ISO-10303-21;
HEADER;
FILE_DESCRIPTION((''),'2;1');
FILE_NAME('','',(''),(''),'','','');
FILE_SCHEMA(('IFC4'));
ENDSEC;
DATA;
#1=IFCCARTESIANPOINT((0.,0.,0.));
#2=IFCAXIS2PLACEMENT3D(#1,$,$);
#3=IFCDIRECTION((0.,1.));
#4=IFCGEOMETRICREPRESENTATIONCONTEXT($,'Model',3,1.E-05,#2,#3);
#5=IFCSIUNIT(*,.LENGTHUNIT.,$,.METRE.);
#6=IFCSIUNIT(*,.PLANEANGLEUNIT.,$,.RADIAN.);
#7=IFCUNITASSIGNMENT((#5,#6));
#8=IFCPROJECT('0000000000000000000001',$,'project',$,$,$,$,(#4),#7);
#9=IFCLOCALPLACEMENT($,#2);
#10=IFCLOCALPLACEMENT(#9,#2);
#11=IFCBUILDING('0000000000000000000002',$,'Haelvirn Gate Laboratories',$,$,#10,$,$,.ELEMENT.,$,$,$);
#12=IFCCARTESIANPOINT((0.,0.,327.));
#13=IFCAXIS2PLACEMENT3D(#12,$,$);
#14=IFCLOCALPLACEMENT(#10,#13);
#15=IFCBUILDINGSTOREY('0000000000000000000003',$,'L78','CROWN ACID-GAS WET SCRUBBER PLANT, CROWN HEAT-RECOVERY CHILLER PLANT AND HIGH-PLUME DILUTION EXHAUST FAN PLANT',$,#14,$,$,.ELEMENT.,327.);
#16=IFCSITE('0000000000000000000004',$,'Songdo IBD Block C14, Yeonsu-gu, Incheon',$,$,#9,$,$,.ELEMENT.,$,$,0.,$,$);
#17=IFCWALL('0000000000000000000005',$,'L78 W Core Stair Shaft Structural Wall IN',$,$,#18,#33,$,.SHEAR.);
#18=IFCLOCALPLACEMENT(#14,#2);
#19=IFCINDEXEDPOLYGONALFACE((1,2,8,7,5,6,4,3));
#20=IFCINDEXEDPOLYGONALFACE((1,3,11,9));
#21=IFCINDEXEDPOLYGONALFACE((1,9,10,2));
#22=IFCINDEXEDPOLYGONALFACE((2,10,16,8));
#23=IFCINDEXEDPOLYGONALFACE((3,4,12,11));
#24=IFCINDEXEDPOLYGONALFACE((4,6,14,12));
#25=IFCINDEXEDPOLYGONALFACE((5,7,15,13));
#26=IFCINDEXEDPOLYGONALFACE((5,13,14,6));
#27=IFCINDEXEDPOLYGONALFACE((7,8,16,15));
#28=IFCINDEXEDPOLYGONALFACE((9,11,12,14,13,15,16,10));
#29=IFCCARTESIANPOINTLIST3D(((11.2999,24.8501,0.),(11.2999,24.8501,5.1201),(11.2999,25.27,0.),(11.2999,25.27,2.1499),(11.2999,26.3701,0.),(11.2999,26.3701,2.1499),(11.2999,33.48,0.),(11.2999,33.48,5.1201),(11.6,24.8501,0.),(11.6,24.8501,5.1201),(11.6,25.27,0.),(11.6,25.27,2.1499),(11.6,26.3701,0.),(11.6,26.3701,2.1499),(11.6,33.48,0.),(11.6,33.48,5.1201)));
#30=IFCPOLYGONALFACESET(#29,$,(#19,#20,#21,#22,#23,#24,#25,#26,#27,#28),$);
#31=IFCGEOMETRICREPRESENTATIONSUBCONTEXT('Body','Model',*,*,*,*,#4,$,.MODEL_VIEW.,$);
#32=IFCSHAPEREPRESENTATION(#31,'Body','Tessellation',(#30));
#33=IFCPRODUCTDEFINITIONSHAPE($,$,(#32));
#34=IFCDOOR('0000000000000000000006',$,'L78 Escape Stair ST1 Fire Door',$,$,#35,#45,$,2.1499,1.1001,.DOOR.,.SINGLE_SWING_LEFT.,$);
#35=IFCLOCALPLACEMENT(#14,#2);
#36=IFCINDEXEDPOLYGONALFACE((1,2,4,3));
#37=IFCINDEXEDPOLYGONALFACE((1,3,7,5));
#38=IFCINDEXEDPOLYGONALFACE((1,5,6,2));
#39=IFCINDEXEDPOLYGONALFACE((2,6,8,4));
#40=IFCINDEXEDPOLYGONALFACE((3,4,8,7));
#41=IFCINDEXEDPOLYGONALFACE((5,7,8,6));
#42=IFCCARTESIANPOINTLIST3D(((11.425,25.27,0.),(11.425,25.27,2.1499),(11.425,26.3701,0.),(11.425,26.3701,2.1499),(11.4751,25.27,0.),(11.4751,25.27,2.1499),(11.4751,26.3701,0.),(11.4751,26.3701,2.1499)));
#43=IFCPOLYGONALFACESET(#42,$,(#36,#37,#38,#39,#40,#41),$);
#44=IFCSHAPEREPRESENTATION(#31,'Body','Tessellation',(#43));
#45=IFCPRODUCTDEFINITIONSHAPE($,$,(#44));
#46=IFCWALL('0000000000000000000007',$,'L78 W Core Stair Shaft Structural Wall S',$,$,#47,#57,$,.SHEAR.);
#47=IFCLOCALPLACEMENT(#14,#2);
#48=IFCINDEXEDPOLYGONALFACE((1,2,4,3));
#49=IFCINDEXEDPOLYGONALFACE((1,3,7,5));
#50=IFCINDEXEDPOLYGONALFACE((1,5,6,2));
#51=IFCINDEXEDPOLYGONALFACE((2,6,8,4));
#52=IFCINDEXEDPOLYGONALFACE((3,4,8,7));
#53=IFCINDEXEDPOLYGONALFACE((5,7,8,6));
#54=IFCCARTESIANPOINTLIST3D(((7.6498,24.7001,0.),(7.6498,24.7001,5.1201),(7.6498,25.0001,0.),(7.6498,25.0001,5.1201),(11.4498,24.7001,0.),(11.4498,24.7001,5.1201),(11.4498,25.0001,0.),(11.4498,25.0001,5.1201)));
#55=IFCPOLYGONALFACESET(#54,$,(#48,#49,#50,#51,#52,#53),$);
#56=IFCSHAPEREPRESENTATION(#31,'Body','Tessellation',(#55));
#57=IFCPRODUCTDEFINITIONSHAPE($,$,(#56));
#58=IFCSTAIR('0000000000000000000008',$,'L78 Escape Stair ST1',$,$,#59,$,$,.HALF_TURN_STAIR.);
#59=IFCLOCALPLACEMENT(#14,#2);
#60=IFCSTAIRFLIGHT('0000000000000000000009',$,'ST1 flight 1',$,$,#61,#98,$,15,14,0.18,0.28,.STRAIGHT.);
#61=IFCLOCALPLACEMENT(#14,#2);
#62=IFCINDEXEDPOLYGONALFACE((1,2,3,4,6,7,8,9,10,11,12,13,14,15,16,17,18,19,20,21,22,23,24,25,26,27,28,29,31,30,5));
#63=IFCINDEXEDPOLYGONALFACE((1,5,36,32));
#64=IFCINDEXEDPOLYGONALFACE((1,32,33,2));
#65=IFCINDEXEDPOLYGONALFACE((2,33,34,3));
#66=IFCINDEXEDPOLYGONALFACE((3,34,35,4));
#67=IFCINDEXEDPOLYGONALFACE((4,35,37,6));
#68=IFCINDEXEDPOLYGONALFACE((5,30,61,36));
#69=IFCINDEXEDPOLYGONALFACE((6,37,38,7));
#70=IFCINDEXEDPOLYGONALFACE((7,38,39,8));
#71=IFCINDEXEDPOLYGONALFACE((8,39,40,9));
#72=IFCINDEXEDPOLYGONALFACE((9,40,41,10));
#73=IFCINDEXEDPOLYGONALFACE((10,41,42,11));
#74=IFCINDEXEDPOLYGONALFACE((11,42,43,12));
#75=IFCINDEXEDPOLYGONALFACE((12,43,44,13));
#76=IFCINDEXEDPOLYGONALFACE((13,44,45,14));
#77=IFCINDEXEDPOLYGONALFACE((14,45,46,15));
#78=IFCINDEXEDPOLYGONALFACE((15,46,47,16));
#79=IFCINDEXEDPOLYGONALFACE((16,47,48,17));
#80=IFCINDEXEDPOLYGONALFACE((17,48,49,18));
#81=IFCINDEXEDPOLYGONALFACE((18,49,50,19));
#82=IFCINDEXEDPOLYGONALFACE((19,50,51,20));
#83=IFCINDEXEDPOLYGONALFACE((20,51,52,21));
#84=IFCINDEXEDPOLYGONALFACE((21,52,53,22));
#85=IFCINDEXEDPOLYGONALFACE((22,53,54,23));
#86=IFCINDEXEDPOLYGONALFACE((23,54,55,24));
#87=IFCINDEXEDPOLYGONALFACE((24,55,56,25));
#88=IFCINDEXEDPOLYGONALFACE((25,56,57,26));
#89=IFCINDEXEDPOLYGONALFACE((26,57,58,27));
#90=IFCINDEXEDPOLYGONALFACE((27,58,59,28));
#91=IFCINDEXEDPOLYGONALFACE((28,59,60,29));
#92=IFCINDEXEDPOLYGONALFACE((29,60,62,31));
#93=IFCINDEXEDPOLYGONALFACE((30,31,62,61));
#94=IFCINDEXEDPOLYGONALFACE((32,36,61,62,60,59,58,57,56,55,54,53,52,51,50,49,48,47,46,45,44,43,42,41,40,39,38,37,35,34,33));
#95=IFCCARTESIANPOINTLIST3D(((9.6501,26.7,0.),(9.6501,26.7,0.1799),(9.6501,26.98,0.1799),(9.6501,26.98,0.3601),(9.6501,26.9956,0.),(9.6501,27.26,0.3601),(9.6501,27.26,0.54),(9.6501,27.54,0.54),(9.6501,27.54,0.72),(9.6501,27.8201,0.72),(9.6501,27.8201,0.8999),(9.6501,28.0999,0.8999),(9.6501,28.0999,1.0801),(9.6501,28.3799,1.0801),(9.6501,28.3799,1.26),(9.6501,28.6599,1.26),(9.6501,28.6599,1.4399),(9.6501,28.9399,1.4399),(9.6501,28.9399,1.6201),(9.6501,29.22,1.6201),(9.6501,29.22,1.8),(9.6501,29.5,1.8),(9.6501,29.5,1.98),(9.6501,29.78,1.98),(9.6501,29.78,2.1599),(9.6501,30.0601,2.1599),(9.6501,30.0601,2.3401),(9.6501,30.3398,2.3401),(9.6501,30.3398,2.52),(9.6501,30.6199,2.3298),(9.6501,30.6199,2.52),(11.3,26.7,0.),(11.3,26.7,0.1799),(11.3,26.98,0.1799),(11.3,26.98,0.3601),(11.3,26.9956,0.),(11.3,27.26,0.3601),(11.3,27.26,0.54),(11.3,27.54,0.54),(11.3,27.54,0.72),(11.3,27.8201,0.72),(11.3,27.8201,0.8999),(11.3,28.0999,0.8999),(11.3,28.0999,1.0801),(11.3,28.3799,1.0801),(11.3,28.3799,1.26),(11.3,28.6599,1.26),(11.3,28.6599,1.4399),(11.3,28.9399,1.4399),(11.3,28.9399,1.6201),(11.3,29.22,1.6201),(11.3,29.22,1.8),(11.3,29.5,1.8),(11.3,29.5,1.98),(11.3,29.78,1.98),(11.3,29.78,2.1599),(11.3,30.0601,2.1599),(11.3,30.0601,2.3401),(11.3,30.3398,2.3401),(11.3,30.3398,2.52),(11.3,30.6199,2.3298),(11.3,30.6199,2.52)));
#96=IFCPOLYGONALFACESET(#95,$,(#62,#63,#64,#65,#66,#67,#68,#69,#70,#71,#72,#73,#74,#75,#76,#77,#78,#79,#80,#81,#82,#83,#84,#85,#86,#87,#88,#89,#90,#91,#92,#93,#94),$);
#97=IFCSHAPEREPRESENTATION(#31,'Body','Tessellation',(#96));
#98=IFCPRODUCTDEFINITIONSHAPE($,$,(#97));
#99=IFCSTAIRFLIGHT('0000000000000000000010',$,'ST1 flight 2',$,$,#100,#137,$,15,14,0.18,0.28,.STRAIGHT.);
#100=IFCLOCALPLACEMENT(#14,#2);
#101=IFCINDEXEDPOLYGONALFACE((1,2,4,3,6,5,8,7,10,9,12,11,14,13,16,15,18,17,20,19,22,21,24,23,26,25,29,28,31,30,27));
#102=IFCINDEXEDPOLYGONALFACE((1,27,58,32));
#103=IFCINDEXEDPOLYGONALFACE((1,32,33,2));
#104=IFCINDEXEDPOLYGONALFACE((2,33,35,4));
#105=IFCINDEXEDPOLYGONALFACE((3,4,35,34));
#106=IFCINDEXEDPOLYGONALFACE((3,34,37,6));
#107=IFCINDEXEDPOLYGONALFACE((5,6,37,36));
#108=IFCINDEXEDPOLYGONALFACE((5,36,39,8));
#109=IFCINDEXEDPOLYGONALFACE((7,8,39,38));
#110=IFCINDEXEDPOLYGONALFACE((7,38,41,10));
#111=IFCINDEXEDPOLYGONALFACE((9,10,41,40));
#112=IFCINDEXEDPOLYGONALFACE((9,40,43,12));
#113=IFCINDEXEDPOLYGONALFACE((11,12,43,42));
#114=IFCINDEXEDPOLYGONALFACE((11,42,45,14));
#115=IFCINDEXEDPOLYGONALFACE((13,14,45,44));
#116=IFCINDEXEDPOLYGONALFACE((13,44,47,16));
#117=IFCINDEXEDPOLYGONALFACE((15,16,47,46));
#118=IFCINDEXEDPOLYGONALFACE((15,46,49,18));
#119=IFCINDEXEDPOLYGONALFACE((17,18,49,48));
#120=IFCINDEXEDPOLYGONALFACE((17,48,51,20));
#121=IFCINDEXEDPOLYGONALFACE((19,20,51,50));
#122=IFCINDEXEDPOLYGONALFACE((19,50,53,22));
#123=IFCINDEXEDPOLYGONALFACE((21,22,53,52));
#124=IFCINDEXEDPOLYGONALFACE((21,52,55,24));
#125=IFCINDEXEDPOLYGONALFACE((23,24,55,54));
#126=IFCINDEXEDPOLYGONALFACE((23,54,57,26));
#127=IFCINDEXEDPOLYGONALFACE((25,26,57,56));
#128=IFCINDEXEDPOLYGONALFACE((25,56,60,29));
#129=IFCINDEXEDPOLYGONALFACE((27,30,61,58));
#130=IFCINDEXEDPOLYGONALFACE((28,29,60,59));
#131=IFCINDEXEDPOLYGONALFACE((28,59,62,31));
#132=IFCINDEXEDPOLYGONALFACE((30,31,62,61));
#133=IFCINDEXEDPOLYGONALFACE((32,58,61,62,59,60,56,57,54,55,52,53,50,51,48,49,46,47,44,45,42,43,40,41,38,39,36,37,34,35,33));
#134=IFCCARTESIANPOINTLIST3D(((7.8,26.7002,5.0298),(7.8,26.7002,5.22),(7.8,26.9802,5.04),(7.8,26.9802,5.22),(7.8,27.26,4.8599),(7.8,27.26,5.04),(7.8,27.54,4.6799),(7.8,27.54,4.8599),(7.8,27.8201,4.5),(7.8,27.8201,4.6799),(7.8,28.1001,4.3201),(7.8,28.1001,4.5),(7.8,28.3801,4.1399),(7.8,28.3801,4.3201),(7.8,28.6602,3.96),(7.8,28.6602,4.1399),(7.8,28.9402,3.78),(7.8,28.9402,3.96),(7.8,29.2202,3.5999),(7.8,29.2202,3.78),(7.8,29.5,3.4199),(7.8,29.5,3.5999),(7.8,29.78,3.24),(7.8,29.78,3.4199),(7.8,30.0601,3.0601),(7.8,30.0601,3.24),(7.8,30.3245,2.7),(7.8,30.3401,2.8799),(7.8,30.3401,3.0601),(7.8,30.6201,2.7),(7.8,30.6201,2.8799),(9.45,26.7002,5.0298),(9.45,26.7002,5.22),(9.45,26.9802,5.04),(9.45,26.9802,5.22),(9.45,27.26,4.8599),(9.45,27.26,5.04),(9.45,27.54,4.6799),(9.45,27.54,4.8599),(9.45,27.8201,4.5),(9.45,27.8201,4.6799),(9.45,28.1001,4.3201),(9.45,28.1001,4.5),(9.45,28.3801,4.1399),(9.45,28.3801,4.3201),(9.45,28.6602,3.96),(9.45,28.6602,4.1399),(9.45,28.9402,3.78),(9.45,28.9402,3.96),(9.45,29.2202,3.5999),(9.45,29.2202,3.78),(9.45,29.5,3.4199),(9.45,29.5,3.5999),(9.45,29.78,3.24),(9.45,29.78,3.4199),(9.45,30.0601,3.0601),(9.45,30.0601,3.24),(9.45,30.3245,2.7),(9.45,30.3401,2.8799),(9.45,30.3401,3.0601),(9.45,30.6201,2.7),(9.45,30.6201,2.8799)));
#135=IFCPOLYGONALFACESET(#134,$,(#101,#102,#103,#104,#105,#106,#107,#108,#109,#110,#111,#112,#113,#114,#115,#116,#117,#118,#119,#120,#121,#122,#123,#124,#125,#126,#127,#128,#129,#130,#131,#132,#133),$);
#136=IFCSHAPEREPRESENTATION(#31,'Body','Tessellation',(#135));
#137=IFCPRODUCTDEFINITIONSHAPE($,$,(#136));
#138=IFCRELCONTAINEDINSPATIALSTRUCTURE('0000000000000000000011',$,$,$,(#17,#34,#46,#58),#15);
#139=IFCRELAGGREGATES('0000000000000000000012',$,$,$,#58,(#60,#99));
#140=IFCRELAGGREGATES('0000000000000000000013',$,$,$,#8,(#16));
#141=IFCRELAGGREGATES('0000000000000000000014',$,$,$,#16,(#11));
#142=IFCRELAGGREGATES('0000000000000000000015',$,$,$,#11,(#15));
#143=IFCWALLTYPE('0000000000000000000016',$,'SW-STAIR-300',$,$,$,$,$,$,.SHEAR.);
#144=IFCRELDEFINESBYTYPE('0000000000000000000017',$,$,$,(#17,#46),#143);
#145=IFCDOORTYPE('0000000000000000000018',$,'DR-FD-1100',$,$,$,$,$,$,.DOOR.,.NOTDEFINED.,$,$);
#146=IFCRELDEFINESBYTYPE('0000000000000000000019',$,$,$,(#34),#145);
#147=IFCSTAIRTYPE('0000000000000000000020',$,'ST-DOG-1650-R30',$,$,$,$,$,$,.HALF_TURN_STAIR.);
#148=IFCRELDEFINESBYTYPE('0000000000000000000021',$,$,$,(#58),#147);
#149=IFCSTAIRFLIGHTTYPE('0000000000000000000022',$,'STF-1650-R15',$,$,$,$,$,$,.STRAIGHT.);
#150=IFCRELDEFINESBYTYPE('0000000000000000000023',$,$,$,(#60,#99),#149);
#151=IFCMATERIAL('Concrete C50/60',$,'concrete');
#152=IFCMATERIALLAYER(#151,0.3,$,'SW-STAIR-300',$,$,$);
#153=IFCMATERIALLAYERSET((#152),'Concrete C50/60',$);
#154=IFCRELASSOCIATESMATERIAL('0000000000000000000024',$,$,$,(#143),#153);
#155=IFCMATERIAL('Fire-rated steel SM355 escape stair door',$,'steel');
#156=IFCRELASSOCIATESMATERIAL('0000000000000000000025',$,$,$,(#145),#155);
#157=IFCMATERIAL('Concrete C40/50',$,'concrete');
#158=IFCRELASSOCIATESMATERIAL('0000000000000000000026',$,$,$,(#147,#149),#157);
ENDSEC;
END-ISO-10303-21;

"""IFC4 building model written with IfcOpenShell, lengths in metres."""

from ifc_helpers import new_model, si_unit, direction, frame, frame_2d, origin, place, context, subcontext, project, spatial, polyline, rectangle, outline, extrude, source, transform, mapped, material, layer, layer_set, type_object, type_shapes, element, fill, aggregate, save


model = new_model("IFC4")

# Units and contexts
model_context = context("Model", 3, precision=1e-05, world=origin(), true_north=direction((0.0, 1.0)))
body_context = subcontext(model_context, "Body", "Model", "MODEL_VIEW")
ifc_project = project(units=[si_unit("LENGTHUNIT", "METRE"), si_unit("PLANEANGLEUNIT", "RADIAN")], contexts=[model_context])

# Site, building, storey
site_placement = place(None, origin())
site = spatial("IfcSite", under=ifc_project, at=site_placement, Name="Songdo IBD Block C14, Yeonsu-gu, Incheon", CompositionType="ELEMENT", RefElevation=0.0)
building_placement = place(site_placement, origin())
building = spatial("IfcBuilding", under=site, at=building_placement, Name="Haelvirn Gate Laboratories", CompositionType="ELEMENT")
storey_placement = place(building_placement, frame((0.0, 0.0, 327.0)))
storey = spatial("IfcBuildingStorey", under=building, at=storey_placement, Name="L78", Description="CROWN ACID-GAS WET SCRUBBER PLANT, CROWN HEAT-RECOVERY CHILLER PLANT AND HIGH-PLUME DILUTION EXHAUST FAN PLANT", CompositionType="ELEMENT", Elevation=327.0)

# Shared definitions
ifc_material_1 = material(Name="Concrete C50/60", Category="concrete")

# Shared definitions
ifc_material_2 = material(Name="Concrete C40/50", Category="concrete")

# Wall, opening, door
ifc_layer_1 = layer(ifc_material_1, 0.3, Name="SW-STAIR-300")
ifc_layer_set_1 = layer_set([ifc_layer_1], Name="Concrete C50/60")
wall_type_1 = type_object("IfcWallType", Name="SW-STAIR-300", PredefinedType="SHEAR", material=ifc_layer_set_1)
wall_1_placement = place(storey_placement, frame((11.45, 24.8501, 0.0), z_axis=(0.0, 0.0, 1.0), x_axis=(0.0, 1.0, 0.0)))
wall_1 = element("IfcWall", 1, at=wall_1_placement, inside=storey, type_object=wall_type_1, Name="L78 W Core Stair Shaft Structural Wall IN", PredefinedType="SHEAR", context=body_context, shape_type="SweptSolid", body=[
    extrude(rectangle(XDim=8.6299, YDim=0.3, at=frame_2d((4.3149, 0.0))), origin(), (0.0, 0.0, 1.0), 5.1201),
])
opening_1_placement = place(wall_1_placement, frame((0.4199, 0.0, 0.0)))
opening_1 = element("IfcOpeningElement", 2, at=opening_1_placement, cuts=wall_1, PredefinedType="OPENING", context=body_context, shape_type="SweptSolid", body=[
    extrude(rectangle(XDim=1.1001, YDim=2.1499, at=frame_2d((0.55, 1.075))), frame((0.0, 0.1602, 0.0), z_axis=(0.0, -1.0, 0.0), x_axis=(1.0, 0.0, 0.0)), (0.0, 0.0, 1.0), 0.3201),
])
ifc_material_3 = material(Name="Fire-rated steel SM355 escape stair door", Category="steel")
door_type_1 = type_object("IfcDoorType", Name="DR-FD-1100", OperationType="NOTDEFINED", PredefinedType="DOOR", material=ifc_material_3)
shared_shape_1 = source(origin(), body_context, "Body", "SweptSolid", [
    extrude(rectangle(XDim=1.1001, YDim=2.1499, at=frame_2d((0.55, 1.075))), frame((0.0, 0.0249, 0.0), z_axis=(0.0, -1.0, 0.0), x_axis=(1.0, 0.0, 0.0)), (0.0, 0.0, 1.0), 0.05),
])
type_shapes(door_type_1, [shared_shape_1])
door_1_placement = place(opening_1_placement, origin())
door_1 = element("IfcDoor", 3, at=door_1_placement, inside=storey, type_object=door_type_1, Name="L78 Escape Stair ST1 Fire Door", OperationType="SINGLE_SWING_LEFT", OverallHeight=2.1499, OverallWidth=1.1001, PredefinedType="DOOR", context=body_context, shape_type="MappedRepresentation", body=[
    mapped(shared_shape_1, transform((0.0, 0.0, 0.0), scale=1.0)),
])
fill(opening_1, door_1)

# Wall
wall_2_placement = place(storey_placement, frame((7.6499, 24.8501, 0.0), z_axis=(0.0, 0.0, 1.0), x_axis=(1.0, 0.0, 0.0)))
element("IfcWall", 4, at=wall_2_placement, inside=storey, type_object=wall_type_1, Name="L78 W Core Stair Shaft Structural Wall S", PredefinedType="SHEAR", context=body_context, shape_type="SweptSolid", body=[
    extrude(rectangle(XDim=3.8, YDim=0.3, at=frame_2d((1.8999, 0.0))), origin(), (0.0, 0.0, 1.0), 5.1201),
])

# Stair, stair flights
stair_type = type_object("IfcStairType", Name="ST-DOG-1650-R30", PredefinedType="HALF_TURN_STAIR", material=ifc_material_2)
stair_placement = place(storey_placement, origin())
stair = element("IfcStair", 5, at=stair_placement, inside=storey, type_object=stair_type, Name="L78 Escape Stair ST1", PredefinedType="HALF_TURN_STAIR")
stair_flight_type = type_object("IfcStairFlightType", Name="STF-1650-R15", PredefinedType="STRAIGHT", material=ifc_material_2)
shared_shape_2 = source(origin(), body_context, "Body", "SweptSolid", [
    extrude(outline(polyline([(0.0, 0.0), (0.0, 0.1799), (0.28, 0.1799), (0.28, 0.3601), (0.5601, 0.3601), (0.5601, 0.54), (0.8401, 0.54), (0.8401, 0.72), (1.1201, 0.72), (1.1201, 0.8999), (1.3999, 0.8999), (1.3999, 1.0801), (1.6799, 1.0801), (1.6799, 1.26), (1.96, 1.26), (1.96, 1.4399), (2.24, 1.4399), (2.24, 1.6201), (2.52, 1.6201), (2.52, 1.8), (2.8, 1.8), (2.8, 1.98), (3.0801, 1.98), (3.0801, 2.1599), (3.3601, 2.1599), (3.3601, 2.3401), (3.6399, 2.3401), (3.6399, 2.52), (3.9199, 2.52), (3.9199, 2.7), (3.9199, 2.3298), (0.2957, 0.0), (0.0, 0.0)])), frame((0.0, 0.825, 0.0), z_axis=(0.0, -1.0, 0.0), x_axis=(1.0, 0.0, 0.0)), (0.0, 0.0, 1.0), 1.6499),
])
type_shapes(stair_flight_type, [shared_shape_2])
stair_flight_1_placement = place(storey_placement, frame((10.4751, 26.7, 0.0), z_axis=(0.0, 0.0, 1.0), x_axis=(0.0, 1.0, 0.0)))
stair_flight_1 = element("IfcStairFlight", 6, at=stair_flight_1_placement, type_object=stair_flight_type, Name="ST1 flight 1", NumberOfRisers=15, NumberOfTreads=14, PredefinedType="STRAIGHT", RiserHeight=0.18, TreadLength=0.28, context=body_context, shape_type="MappedRepresentation", body=[
    mapped(shared_shape_2, transform((0.0, 0.0, 0.0), scale=1.0)),
])
stair_flight_2_placement = place(storey_placement, frame((8.625, 30.6201, 2.7), z_axis=(0.0, 0.0, 1.0), x_axis=(0.0, -1.0, 0.0)))
stair_flight_2 = element("IfcStairFlight", 7, at=stair_flight_2_placement, type_object=stair_flight_type, Name="ST1 flight 2", NumberOfRisers=15, NumberOfTreads=14, PredefinedType="STRAIGHT", RiserHeight=0.18, TreadLength=0.28, context=body_context, shape_type="MappedRepresentation", body=[
    mapped(shared_shape_2, transform((0.0, 0.0, 0.0), scale=1.0)),
])
aggregate(stair, [stair_flight_1, stair_flight_2])

save(model, "model.ifc")
